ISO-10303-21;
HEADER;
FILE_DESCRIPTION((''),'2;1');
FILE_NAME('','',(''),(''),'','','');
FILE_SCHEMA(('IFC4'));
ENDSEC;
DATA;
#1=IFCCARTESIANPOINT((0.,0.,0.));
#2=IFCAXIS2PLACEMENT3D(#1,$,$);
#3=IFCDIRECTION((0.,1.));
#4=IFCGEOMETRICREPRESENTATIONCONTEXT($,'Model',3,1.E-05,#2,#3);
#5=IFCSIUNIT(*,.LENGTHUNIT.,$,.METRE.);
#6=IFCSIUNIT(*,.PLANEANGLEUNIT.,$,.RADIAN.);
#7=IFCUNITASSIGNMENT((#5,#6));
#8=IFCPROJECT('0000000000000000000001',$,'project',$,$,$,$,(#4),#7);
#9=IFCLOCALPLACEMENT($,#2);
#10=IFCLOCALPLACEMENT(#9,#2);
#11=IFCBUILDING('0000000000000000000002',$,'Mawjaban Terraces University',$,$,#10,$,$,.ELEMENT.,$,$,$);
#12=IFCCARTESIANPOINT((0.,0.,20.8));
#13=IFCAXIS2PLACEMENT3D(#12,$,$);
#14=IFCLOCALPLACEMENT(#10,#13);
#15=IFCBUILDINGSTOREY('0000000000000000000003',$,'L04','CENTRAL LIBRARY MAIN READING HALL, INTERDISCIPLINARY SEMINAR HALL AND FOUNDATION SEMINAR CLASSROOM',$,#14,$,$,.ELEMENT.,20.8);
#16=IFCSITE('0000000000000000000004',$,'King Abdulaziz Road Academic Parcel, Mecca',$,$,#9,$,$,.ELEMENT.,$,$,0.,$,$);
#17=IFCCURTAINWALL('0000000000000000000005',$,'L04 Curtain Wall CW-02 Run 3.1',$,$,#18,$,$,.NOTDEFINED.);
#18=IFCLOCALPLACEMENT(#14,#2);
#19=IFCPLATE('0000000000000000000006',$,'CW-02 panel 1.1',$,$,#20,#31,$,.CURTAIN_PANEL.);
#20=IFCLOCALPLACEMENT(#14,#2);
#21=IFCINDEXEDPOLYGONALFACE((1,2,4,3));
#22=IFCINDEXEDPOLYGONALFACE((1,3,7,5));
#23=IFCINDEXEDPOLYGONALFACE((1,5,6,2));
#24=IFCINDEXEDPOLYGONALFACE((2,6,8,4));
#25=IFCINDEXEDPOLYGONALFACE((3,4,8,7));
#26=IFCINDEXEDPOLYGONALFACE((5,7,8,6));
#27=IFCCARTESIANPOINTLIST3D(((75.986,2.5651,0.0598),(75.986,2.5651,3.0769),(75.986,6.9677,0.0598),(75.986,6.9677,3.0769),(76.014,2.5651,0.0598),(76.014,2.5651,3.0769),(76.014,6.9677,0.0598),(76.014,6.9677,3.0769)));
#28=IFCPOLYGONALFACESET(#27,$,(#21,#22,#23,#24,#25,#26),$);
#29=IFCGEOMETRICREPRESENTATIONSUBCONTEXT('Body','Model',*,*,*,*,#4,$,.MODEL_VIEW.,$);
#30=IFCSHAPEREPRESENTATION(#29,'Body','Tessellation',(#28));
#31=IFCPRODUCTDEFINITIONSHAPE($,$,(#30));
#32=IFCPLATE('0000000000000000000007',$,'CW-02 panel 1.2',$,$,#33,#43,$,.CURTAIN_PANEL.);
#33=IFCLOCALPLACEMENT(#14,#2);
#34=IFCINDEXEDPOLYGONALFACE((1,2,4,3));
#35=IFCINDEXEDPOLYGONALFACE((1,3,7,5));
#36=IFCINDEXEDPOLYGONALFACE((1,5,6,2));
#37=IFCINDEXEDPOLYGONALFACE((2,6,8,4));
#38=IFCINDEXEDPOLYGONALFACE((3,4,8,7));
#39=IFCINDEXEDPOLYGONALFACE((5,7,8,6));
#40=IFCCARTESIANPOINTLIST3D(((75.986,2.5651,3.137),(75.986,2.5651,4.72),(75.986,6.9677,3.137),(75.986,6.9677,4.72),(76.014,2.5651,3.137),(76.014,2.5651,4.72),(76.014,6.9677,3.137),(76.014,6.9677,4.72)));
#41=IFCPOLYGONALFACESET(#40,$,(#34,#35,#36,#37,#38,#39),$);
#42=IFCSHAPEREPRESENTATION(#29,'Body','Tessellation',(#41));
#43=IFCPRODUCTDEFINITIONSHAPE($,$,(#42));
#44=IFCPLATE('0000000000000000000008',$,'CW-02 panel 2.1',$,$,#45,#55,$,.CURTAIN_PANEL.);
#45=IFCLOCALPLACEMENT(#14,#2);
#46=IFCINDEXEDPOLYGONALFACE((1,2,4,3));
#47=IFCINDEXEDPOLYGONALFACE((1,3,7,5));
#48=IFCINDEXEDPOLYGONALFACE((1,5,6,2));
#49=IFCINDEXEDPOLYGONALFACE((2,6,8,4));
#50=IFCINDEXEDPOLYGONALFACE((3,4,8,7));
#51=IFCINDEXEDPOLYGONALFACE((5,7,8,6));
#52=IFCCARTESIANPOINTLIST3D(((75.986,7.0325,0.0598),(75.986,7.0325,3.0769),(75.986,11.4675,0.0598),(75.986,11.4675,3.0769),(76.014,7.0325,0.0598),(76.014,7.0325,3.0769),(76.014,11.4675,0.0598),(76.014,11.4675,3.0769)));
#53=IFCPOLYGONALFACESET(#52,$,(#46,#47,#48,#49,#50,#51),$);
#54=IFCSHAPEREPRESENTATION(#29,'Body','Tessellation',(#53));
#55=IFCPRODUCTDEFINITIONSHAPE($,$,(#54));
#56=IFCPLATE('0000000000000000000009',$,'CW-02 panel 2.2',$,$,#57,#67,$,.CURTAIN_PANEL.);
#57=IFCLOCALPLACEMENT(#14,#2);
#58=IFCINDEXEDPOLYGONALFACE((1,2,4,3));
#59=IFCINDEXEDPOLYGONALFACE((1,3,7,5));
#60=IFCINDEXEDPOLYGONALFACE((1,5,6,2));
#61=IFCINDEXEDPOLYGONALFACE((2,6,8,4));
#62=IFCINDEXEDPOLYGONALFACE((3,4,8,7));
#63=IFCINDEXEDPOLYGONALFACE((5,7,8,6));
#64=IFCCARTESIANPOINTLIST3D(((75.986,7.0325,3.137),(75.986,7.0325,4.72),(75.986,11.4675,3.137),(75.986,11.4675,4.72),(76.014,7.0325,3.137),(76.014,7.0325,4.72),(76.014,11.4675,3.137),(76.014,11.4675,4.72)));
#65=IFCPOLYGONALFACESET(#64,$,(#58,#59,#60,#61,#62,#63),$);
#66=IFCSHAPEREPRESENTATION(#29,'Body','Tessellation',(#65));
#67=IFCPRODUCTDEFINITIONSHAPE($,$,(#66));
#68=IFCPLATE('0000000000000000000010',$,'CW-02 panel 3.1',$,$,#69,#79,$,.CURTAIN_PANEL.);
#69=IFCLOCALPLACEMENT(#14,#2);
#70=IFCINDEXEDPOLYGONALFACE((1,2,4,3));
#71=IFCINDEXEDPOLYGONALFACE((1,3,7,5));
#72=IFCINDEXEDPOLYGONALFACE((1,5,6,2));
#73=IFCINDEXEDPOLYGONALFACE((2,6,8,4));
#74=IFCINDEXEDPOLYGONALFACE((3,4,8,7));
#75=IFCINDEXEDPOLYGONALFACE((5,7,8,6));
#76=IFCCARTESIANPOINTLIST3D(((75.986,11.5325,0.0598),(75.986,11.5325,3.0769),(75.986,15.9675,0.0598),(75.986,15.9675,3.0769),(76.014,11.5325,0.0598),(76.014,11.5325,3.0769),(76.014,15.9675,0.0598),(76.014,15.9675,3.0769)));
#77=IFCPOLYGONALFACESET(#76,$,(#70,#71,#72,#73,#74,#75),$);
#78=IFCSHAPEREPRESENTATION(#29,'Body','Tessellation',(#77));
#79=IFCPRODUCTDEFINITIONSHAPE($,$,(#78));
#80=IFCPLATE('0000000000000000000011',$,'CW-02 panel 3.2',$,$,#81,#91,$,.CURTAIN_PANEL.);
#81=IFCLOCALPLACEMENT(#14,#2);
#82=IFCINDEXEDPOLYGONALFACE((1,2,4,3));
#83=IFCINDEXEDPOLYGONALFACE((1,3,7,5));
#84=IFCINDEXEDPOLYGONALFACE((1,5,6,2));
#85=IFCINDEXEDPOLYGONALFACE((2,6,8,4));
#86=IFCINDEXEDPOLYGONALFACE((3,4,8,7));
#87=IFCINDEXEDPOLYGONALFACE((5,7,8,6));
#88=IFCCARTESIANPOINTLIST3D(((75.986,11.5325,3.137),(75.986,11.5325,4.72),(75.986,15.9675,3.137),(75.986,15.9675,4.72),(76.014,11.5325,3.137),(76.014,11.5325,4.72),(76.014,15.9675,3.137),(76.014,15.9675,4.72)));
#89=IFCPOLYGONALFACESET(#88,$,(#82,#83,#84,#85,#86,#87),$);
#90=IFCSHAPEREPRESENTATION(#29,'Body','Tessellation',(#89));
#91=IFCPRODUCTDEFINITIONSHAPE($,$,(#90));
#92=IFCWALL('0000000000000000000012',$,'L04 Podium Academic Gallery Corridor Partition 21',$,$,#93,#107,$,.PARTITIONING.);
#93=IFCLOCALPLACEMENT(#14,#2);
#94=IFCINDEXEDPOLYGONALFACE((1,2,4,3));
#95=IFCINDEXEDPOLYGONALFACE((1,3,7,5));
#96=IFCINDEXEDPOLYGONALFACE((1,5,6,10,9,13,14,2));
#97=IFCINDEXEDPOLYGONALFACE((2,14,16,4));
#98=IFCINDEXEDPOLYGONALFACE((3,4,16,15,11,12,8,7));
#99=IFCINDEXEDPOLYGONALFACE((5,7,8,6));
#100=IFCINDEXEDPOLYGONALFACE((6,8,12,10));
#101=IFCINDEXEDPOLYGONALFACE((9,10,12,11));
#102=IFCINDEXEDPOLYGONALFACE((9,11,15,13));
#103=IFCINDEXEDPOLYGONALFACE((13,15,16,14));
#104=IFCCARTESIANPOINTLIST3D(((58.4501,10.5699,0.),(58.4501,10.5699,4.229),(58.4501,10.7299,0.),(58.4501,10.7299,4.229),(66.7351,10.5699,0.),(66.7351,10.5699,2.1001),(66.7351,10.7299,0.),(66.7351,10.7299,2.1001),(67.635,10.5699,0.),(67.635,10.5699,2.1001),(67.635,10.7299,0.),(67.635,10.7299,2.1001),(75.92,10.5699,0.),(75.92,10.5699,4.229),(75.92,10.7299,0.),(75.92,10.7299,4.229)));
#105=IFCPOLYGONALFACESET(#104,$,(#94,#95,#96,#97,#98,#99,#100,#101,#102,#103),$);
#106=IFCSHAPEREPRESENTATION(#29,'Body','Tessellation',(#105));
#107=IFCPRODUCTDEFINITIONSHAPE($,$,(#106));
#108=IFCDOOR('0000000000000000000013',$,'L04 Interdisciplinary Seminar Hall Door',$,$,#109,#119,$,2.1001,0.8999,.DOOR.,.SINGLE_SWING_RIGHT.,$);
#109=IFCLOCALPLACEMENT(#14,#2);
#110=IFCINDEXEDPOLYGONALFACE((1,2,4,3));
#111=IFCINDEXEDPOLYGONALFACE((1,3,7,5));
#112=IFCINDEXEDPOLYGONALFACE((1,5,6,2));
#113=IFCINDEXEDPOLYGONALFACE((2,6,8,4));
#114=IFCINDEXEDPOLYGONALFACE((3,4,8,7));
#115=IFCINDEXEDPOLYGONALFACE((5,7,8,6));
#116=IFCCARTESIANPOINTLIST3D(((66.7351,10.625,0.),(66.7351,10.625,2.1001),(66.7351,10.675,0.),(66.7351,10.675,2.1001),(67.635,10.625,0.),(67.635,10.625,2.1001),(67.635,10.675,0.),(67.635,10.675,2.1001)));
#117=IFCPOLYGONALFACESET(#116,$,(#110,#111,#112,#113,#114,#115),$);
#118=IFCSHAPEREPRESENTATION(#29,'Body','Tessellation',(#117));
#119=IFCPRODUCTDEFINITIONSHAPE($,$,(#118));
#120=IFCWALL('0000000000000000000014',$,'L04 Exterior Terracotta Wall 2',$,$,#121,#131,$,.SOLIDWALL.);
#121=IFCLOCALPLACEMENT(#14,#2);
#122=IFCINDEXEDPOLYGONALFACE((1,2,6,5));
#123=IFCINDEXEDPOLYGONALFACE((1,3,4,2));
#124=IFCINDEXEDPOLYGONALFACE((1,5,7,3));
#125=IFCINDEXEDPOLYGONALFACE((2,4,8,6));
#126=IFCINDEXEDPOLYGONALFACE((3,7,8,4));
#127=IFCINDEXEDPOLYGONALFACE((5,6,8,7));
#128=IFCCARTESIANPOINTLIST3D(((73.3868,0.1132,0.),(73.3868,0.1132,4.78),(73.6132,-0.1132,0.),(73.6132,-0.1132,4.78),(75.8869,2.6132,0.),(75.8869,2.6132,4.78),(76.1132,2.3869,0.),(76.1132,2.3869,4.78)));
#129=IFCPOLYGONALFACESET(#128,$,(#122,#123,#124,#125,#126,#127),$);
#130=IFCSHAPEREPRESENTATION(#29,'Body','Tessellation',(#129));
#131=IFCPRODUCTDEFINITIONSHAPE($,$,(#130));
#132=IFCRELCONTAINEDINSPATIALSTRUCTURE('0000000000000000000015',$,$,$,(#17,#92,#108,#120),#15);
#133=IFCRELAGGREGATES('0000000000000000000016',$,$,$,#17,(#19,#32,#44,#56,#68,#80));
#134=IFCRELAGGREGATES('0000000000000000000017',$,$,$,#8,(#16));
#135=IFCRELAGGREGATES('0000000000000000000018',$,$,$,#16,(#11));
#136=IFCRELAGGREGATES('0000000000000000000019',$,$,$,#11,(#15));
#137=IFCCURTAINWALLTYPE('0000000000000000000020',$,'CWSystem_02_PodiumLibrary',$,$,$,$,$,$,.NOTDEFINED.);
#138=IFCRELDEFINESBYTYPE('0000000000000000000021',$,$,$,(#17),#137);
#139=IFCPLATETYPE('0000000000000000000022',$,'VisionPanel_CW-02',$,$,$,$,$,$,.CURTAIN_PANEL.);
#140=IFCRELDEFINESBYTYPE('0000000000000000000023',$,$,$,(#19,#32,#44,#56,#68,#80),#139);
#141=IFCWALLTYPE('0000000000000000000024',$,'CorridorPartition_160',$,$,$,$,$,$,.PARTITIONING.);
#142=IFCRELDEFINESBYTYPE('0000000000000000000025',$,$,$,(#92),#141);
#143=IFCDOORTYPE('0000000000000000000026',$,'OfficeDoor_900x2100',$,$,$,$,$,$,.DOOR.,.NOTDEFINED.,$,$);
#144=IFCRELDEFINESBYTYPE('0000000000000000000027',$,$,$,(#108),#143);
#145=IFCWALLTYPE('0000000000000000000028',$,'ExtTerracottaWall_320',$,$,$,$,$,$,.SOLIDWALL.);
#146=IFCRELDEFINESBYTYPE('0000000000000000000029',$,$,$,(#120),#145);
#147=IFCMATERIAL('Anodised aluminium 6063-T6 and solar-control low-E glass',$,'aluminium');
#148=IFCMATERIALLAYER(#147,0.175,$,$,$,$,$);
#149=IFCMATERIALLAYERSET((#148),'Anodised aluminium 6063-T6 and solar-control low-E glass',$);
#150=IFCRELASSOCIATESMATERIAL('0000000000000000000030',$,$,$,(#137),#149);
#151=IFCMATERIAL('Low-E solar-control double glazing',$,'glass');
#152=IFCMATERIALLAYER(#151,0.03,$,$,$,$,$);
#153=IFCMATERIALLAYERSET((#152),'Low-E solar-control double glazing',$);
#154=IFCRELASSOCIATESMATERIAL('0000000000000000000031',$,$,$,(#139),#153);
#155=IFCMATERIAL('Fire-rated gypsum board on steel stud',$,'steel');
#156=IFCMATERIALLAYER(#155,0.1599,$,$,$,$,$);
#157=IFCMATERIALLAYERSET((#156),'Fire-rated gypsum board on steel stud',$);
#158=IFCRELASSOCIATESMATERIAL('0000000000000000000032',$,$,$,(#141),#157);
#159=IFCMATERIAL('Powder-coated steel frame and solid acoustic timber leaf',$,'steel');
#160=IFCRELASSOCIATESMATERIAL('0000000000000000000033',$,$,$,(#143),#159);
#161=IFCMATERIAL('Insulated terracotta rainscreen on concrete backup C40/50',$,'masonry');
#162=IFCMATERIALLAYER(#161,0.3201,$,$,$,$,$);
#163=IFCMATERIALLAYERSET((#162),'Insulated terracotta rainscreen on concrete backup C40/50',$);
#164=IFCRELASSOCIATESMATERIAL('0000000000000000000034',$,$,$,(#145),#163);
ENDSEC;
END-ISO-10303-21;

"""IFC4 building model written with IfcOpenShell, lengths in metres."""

from ifc_helpers import new_model, si_unit, direction, frame, frame_2d, origin, origin_2d, place, context, subcontext, project, spatial, rectangle, extrude, material, layer, layer_set, type_object, element, fill, aggregate, save


model = new_model("IFC4")

# Units and contexts
model_context = context("Model", 3, precision=1e-05, world=origin(), true_north=direction((0.0, 1.0)))
body_context = subcontext(model_context, "Body", "Model", "MODEL_VIEW")
ifc_project = project(units=[si_unit("LENGTHUNIT", "METRE"), si_unit("PLANEANGLEUNIT", "RADIAN")], contexts=[model_context])

# Site, building, storey
site_placement = place(None, origin())
site = spatial("IfcSite", under=ifc_project, at=site_placement, Name="King Abdulaziz Road Academic Parcel, Mecca", CompositionType="ELEMENT", RefElevation=0.0)
building_placement = place(site_placement, origin())
building = spatial("IfcBuilding", under=site, at=building_placement, Name="Mawjaban Terraces University", CompositionType="ELEMENT")
storey_placement = place(building_placement, frame((0.0, 0.0, 20.8)))
storey = spatial("IfcBuildingStorey", under=building, at=storey_placement, Name="L04", Description="CENTRAL LIBRARY MAIN READING HALL, INTERDISCIPLINARY SEMINAR HALL AND FOUNDATION SEMINAR CLASSROOM", CompositionType="ELEMENT", Elevation=20.8)

# Curtain wall, plates
ifc_material_1 = material(Name="Anodised aluminium 6063-T6 and solar-control low-E glass", Category="aluminium")
ifc_layer_1 = layer(ifc_material_1, 0.175)
ifc_layer_set_1 = layer_set([ifc_layer_1], Name="Anodised aluminium 6063-T6 and solar-control low-E glass")
curtain_wall_type = type_object("IfcCurtainWallType", Name="CWSystem_02_PodiumLibrary", PredefinedType="NOTDEFINED", material=ifc_layer_set_1)
curtain_wall_placement = place(storey_placement, origin())
curtain_wall = element("IfcCurtainWall", 1, at=curtain_wall_placement, inside=storey, type_object=curtain_wall_type, Name="L04 Curtain Wall CW-02 Run 3.1", PredefinedType="NOTDEFINED")
ifc_material_2 = material(Name="Low-E solar-control double glazing", Category="glass")
ifc_layer_2 = layer(ifc_material_2, 0.03)
ifc_layer_set_2 = layer_set([ifc_layer_2], Name="Low-E solar-control double glazing")
plate_type = type_object("IfcPlateType", Name="VisionPanel_CW-02", PredefinedType="CURTAIN_PANEL", material=ifc_layer_set_2)
plate_1_placement = place(storey_placement, frame((76.0, 4.7664, 0.0598), z_axis=(0.0, 0.0, 1.0), x_axis=(0.0, 1.0, 0.0)))
plate_1 = element("IfcPlate", 2, at=plate_1_placement, type_object=plate_type, Name="CW-02 panel 1.1", PredefinedType="CURTAIN_PANEL", context=body_context, shape_type="SweptSolid", body=[
    extrude(rectangle(XDim=4.4026, YDim=0.0281, at=origin_2d()), origin(), (0.0, 0.0, 1.0), 3.0171),
])
plate_2_placement = place(storey_placement, frame((76.0, 4.7664, 3.137), z_axis=(0.0, 0.0, 1.0), x_axis=(0.0, 1.0, 0.0)))
plate_2 = element("IfcPlate", 3, at=plate_2_placement, type_object=plate_type, Name="CW-02 panel 1.2", PredefinedType="CURTAIN_PANEL", context=body_context, shape_type="SweptSolid", body=[
    extrude(rectangle(XDim=4.4026, YDim=0.0281, at=origin_2d()), origin(), (0.0, 0.0, 1.0), 1.583),
])
plate_3_placement = place(storey_placement, frame((76.0, 9.25, 0.0598), z_axis=(0.0, 0.0, 1.0), x_axis=(0.0, 1.0, 0.0)))
plate_3 = element("IfcPlate", 4, at=plate_3_placement, type_object=plate_type, Name="CW-02 panel 2.1", PredefinedType="CURTAIN_PANEL", context=body_context, shape_type="SweptSolid", body=[
    extrude(rectangle(XDim=4.4351, YDim=0.0281, at=origin_2d()), origin(), (0.0, 0.0, 1.0), 3.0171),
])
plate_4_placement = place(storey_placement, frame((76.0, 9.25, 3.137), z_axis=(0.0, 0.0, 1.0), x_axis=(0.0, 1.0, 0.0)))
plate_4 = element("IfcPlate", 5, at=plate_4_placement, type_object=plate_type, Name="CW-02 panel 2.2", PredefinedType="CURTAIN_PANEL", context=body_context, shape_type="SweptSolid", body=[
    extrude(rectangle(XDim=4.4351, YDim=0.0281, at=origin_2d()), origin(), (0.0, 0.0, 1.0), 1.583),
])
plate_5_placement = place(storey_placement, frame((76.0, 13.75, 0.0598), z_axis=(0.0, 0.0, 1.0), x_axis=(0.0, 1.0, 0.0)))
plate_5 = element("IfcPlate", 6, at=plate_5_placement, type_object=plate_type, Name="CW-02 panel 3.1", PredefinedType="CURTAIN_PANEL", context=body_context, shape_type="SweptSolid", body=[
    extrude(rectangle(XDim=4.4351, YDim=0.0281, at=origin_2d()), origin(), (0.0, 0.0, 1.0), 3.0171),
])
plate_6_placement = place(storey_placement, frame((76.0, 13.75, 3.137), z_axis=(0.0, 0.0, 1.0), x_axis=(0.0, 1.0, 0.0)))
plate_6 = element("IfcPlate", 7, at=plate_6_placement, type_object=plate_type, Name="CW-02 panel 3.2", PredefinedType="CURTAIN_PANEL", context=body_context, shape_type="SweptSolid", body=[
    extrude(rectangle(XDim=4.4351, YDim=0.0281, at=origin_2d()), origin(), (0.0, 0.0, 1.0), 1.583),
])
aggregate(curtain_wall, [plate_1, plate_2, plate_3, plate_4, plate_5, plate_6])

# Wall, opening, door
ifc_material_3 = material(Name="Fire-rated gypsum board on steel stud", Category="steel")
ifc_layer_3 = layer(ifc_material_3, 0.1599)
ifc_layer_set_3 = layer_set([ifc_layer_3], Name="Fire-rated gypsum board on steel stud")
wall_type_1 = type_object("IfcWallType", Name="CorridorPartition_160", PredefinedType="PARTITIONING", material=ifc_layer_set_3)
wall_1_placement = place(storey_placement, frame((75.9199, 10.6499, 0.0), z_axis=(0.0, 0.0, 1.0), x_axis=(-1.0, 0.0, 0.0)))
wall_1 = element("IfcWall", 8, at=wall_1_placement, inside=storey, type_object=wall_type_1, Name="L04 Podium Academic Gallery Corridor Partition 21", PredefinedType="PARTITIONING", context=body_context, shape_type="SweptSolid", body=[
    extrude(rectangle(XDim=17.47, YDim=0.1599, at=frame_2d((8.7349, 0.0))), origin(), (0.0, 0.0, 1.0), 4.229),
])
opening_placement = place(wall_1_placement, frame((8.2849, 0.0, 0.0)))
opening = element("IfcOpeningElement", 9, at=opening_placement, cuts=wall_1, PredefinedType="OPENING", context=body_context, shape_type="SweptSolid", body=[
    extrude(rectangle(XDim=0.8999, YDim=2.1001, at=frame_2d((0.45, 1.05))), frame((0.0, 0.0898, 0.0), z_axis=(0.0, -1.0, 0.0), x_axis=(1.0, 0.0, 0.0)), (0.0, 0.0, 1.0), 0.1799),
])
ifc_material_4 = material(Name="Powder-coated steel frame and solid acoustic timber leaf", Category="steel")
door_type = type_object("IfcDoorType", Name="OfficeDoor_900x2100", OperationType="NOTDEFINED", PredefinedType="DOOR", material=ifc_material_4)
door_placement = place(opening_placement, origin())
door = element("IfcDoor", 10, at=door_placement, inside=storey, type_object=door_type, Name="L04 Interdisciplinary Seminar Hall Door", OperationType="SINGLE_SWING_RIGHT", OverallHeight=2.1001, OverallWidth=0.8999, PredefinedType="DOOR", context=body_context, shape_type="SweptSolid", body=[
    extrude(rectangle(XDim=0.8999, YDim=2.1001, at=frame_2d((0.45, 1.05))), frame((0.0, 0.0249, 0.0), z_axis=(0.0, -1.0, 0.0), x_axis=(1.0, 0.0, 0.0)), (0.0, 0.0, 1.0), 0.05),
])
fill(opening, door)

# Wall
ifc_material_5 = material(Name="Insulated terracotta rainscreen on concrete backup C40/50", Category="masonry")
ifc_layer_4 = layer(ifc_material_5, 0.3201)
ifc_layer_set_4 = layer_set([ifc_layer_4], Name="Insulated terracotta rainscreen on concrete backup C40/50")
wall_type_2 = type_object("IfcWallType", Name="ExtTerracottaWall_320", PredefinedType="SOLIDWALL", material=ifc_layer_set_4)
wall_2_placement = place(storey_placement, frame((73.5, 0.0, 0.0), z_axis=(0.0, 0.0, 1.0), x_axis=(0.707107, 0.707107, 0.0)))
element("IfcWall", 11, at=wall_2_placement, inside=storey, type_object=wall_type_2, Name="L04 Exterior Terracotta Wall 2", PredefinedType="SOLIDWALL", context=body_context, shape_type="SweptSolid", body=[
    extrude(rectangle(XDim=3.5356, YDim=0.3201, at=frame_2d((1.7678, 0.0))), origin(), (0.0, 0.0, 1.0), 4.78),
])

save(model, "model.ifc")
